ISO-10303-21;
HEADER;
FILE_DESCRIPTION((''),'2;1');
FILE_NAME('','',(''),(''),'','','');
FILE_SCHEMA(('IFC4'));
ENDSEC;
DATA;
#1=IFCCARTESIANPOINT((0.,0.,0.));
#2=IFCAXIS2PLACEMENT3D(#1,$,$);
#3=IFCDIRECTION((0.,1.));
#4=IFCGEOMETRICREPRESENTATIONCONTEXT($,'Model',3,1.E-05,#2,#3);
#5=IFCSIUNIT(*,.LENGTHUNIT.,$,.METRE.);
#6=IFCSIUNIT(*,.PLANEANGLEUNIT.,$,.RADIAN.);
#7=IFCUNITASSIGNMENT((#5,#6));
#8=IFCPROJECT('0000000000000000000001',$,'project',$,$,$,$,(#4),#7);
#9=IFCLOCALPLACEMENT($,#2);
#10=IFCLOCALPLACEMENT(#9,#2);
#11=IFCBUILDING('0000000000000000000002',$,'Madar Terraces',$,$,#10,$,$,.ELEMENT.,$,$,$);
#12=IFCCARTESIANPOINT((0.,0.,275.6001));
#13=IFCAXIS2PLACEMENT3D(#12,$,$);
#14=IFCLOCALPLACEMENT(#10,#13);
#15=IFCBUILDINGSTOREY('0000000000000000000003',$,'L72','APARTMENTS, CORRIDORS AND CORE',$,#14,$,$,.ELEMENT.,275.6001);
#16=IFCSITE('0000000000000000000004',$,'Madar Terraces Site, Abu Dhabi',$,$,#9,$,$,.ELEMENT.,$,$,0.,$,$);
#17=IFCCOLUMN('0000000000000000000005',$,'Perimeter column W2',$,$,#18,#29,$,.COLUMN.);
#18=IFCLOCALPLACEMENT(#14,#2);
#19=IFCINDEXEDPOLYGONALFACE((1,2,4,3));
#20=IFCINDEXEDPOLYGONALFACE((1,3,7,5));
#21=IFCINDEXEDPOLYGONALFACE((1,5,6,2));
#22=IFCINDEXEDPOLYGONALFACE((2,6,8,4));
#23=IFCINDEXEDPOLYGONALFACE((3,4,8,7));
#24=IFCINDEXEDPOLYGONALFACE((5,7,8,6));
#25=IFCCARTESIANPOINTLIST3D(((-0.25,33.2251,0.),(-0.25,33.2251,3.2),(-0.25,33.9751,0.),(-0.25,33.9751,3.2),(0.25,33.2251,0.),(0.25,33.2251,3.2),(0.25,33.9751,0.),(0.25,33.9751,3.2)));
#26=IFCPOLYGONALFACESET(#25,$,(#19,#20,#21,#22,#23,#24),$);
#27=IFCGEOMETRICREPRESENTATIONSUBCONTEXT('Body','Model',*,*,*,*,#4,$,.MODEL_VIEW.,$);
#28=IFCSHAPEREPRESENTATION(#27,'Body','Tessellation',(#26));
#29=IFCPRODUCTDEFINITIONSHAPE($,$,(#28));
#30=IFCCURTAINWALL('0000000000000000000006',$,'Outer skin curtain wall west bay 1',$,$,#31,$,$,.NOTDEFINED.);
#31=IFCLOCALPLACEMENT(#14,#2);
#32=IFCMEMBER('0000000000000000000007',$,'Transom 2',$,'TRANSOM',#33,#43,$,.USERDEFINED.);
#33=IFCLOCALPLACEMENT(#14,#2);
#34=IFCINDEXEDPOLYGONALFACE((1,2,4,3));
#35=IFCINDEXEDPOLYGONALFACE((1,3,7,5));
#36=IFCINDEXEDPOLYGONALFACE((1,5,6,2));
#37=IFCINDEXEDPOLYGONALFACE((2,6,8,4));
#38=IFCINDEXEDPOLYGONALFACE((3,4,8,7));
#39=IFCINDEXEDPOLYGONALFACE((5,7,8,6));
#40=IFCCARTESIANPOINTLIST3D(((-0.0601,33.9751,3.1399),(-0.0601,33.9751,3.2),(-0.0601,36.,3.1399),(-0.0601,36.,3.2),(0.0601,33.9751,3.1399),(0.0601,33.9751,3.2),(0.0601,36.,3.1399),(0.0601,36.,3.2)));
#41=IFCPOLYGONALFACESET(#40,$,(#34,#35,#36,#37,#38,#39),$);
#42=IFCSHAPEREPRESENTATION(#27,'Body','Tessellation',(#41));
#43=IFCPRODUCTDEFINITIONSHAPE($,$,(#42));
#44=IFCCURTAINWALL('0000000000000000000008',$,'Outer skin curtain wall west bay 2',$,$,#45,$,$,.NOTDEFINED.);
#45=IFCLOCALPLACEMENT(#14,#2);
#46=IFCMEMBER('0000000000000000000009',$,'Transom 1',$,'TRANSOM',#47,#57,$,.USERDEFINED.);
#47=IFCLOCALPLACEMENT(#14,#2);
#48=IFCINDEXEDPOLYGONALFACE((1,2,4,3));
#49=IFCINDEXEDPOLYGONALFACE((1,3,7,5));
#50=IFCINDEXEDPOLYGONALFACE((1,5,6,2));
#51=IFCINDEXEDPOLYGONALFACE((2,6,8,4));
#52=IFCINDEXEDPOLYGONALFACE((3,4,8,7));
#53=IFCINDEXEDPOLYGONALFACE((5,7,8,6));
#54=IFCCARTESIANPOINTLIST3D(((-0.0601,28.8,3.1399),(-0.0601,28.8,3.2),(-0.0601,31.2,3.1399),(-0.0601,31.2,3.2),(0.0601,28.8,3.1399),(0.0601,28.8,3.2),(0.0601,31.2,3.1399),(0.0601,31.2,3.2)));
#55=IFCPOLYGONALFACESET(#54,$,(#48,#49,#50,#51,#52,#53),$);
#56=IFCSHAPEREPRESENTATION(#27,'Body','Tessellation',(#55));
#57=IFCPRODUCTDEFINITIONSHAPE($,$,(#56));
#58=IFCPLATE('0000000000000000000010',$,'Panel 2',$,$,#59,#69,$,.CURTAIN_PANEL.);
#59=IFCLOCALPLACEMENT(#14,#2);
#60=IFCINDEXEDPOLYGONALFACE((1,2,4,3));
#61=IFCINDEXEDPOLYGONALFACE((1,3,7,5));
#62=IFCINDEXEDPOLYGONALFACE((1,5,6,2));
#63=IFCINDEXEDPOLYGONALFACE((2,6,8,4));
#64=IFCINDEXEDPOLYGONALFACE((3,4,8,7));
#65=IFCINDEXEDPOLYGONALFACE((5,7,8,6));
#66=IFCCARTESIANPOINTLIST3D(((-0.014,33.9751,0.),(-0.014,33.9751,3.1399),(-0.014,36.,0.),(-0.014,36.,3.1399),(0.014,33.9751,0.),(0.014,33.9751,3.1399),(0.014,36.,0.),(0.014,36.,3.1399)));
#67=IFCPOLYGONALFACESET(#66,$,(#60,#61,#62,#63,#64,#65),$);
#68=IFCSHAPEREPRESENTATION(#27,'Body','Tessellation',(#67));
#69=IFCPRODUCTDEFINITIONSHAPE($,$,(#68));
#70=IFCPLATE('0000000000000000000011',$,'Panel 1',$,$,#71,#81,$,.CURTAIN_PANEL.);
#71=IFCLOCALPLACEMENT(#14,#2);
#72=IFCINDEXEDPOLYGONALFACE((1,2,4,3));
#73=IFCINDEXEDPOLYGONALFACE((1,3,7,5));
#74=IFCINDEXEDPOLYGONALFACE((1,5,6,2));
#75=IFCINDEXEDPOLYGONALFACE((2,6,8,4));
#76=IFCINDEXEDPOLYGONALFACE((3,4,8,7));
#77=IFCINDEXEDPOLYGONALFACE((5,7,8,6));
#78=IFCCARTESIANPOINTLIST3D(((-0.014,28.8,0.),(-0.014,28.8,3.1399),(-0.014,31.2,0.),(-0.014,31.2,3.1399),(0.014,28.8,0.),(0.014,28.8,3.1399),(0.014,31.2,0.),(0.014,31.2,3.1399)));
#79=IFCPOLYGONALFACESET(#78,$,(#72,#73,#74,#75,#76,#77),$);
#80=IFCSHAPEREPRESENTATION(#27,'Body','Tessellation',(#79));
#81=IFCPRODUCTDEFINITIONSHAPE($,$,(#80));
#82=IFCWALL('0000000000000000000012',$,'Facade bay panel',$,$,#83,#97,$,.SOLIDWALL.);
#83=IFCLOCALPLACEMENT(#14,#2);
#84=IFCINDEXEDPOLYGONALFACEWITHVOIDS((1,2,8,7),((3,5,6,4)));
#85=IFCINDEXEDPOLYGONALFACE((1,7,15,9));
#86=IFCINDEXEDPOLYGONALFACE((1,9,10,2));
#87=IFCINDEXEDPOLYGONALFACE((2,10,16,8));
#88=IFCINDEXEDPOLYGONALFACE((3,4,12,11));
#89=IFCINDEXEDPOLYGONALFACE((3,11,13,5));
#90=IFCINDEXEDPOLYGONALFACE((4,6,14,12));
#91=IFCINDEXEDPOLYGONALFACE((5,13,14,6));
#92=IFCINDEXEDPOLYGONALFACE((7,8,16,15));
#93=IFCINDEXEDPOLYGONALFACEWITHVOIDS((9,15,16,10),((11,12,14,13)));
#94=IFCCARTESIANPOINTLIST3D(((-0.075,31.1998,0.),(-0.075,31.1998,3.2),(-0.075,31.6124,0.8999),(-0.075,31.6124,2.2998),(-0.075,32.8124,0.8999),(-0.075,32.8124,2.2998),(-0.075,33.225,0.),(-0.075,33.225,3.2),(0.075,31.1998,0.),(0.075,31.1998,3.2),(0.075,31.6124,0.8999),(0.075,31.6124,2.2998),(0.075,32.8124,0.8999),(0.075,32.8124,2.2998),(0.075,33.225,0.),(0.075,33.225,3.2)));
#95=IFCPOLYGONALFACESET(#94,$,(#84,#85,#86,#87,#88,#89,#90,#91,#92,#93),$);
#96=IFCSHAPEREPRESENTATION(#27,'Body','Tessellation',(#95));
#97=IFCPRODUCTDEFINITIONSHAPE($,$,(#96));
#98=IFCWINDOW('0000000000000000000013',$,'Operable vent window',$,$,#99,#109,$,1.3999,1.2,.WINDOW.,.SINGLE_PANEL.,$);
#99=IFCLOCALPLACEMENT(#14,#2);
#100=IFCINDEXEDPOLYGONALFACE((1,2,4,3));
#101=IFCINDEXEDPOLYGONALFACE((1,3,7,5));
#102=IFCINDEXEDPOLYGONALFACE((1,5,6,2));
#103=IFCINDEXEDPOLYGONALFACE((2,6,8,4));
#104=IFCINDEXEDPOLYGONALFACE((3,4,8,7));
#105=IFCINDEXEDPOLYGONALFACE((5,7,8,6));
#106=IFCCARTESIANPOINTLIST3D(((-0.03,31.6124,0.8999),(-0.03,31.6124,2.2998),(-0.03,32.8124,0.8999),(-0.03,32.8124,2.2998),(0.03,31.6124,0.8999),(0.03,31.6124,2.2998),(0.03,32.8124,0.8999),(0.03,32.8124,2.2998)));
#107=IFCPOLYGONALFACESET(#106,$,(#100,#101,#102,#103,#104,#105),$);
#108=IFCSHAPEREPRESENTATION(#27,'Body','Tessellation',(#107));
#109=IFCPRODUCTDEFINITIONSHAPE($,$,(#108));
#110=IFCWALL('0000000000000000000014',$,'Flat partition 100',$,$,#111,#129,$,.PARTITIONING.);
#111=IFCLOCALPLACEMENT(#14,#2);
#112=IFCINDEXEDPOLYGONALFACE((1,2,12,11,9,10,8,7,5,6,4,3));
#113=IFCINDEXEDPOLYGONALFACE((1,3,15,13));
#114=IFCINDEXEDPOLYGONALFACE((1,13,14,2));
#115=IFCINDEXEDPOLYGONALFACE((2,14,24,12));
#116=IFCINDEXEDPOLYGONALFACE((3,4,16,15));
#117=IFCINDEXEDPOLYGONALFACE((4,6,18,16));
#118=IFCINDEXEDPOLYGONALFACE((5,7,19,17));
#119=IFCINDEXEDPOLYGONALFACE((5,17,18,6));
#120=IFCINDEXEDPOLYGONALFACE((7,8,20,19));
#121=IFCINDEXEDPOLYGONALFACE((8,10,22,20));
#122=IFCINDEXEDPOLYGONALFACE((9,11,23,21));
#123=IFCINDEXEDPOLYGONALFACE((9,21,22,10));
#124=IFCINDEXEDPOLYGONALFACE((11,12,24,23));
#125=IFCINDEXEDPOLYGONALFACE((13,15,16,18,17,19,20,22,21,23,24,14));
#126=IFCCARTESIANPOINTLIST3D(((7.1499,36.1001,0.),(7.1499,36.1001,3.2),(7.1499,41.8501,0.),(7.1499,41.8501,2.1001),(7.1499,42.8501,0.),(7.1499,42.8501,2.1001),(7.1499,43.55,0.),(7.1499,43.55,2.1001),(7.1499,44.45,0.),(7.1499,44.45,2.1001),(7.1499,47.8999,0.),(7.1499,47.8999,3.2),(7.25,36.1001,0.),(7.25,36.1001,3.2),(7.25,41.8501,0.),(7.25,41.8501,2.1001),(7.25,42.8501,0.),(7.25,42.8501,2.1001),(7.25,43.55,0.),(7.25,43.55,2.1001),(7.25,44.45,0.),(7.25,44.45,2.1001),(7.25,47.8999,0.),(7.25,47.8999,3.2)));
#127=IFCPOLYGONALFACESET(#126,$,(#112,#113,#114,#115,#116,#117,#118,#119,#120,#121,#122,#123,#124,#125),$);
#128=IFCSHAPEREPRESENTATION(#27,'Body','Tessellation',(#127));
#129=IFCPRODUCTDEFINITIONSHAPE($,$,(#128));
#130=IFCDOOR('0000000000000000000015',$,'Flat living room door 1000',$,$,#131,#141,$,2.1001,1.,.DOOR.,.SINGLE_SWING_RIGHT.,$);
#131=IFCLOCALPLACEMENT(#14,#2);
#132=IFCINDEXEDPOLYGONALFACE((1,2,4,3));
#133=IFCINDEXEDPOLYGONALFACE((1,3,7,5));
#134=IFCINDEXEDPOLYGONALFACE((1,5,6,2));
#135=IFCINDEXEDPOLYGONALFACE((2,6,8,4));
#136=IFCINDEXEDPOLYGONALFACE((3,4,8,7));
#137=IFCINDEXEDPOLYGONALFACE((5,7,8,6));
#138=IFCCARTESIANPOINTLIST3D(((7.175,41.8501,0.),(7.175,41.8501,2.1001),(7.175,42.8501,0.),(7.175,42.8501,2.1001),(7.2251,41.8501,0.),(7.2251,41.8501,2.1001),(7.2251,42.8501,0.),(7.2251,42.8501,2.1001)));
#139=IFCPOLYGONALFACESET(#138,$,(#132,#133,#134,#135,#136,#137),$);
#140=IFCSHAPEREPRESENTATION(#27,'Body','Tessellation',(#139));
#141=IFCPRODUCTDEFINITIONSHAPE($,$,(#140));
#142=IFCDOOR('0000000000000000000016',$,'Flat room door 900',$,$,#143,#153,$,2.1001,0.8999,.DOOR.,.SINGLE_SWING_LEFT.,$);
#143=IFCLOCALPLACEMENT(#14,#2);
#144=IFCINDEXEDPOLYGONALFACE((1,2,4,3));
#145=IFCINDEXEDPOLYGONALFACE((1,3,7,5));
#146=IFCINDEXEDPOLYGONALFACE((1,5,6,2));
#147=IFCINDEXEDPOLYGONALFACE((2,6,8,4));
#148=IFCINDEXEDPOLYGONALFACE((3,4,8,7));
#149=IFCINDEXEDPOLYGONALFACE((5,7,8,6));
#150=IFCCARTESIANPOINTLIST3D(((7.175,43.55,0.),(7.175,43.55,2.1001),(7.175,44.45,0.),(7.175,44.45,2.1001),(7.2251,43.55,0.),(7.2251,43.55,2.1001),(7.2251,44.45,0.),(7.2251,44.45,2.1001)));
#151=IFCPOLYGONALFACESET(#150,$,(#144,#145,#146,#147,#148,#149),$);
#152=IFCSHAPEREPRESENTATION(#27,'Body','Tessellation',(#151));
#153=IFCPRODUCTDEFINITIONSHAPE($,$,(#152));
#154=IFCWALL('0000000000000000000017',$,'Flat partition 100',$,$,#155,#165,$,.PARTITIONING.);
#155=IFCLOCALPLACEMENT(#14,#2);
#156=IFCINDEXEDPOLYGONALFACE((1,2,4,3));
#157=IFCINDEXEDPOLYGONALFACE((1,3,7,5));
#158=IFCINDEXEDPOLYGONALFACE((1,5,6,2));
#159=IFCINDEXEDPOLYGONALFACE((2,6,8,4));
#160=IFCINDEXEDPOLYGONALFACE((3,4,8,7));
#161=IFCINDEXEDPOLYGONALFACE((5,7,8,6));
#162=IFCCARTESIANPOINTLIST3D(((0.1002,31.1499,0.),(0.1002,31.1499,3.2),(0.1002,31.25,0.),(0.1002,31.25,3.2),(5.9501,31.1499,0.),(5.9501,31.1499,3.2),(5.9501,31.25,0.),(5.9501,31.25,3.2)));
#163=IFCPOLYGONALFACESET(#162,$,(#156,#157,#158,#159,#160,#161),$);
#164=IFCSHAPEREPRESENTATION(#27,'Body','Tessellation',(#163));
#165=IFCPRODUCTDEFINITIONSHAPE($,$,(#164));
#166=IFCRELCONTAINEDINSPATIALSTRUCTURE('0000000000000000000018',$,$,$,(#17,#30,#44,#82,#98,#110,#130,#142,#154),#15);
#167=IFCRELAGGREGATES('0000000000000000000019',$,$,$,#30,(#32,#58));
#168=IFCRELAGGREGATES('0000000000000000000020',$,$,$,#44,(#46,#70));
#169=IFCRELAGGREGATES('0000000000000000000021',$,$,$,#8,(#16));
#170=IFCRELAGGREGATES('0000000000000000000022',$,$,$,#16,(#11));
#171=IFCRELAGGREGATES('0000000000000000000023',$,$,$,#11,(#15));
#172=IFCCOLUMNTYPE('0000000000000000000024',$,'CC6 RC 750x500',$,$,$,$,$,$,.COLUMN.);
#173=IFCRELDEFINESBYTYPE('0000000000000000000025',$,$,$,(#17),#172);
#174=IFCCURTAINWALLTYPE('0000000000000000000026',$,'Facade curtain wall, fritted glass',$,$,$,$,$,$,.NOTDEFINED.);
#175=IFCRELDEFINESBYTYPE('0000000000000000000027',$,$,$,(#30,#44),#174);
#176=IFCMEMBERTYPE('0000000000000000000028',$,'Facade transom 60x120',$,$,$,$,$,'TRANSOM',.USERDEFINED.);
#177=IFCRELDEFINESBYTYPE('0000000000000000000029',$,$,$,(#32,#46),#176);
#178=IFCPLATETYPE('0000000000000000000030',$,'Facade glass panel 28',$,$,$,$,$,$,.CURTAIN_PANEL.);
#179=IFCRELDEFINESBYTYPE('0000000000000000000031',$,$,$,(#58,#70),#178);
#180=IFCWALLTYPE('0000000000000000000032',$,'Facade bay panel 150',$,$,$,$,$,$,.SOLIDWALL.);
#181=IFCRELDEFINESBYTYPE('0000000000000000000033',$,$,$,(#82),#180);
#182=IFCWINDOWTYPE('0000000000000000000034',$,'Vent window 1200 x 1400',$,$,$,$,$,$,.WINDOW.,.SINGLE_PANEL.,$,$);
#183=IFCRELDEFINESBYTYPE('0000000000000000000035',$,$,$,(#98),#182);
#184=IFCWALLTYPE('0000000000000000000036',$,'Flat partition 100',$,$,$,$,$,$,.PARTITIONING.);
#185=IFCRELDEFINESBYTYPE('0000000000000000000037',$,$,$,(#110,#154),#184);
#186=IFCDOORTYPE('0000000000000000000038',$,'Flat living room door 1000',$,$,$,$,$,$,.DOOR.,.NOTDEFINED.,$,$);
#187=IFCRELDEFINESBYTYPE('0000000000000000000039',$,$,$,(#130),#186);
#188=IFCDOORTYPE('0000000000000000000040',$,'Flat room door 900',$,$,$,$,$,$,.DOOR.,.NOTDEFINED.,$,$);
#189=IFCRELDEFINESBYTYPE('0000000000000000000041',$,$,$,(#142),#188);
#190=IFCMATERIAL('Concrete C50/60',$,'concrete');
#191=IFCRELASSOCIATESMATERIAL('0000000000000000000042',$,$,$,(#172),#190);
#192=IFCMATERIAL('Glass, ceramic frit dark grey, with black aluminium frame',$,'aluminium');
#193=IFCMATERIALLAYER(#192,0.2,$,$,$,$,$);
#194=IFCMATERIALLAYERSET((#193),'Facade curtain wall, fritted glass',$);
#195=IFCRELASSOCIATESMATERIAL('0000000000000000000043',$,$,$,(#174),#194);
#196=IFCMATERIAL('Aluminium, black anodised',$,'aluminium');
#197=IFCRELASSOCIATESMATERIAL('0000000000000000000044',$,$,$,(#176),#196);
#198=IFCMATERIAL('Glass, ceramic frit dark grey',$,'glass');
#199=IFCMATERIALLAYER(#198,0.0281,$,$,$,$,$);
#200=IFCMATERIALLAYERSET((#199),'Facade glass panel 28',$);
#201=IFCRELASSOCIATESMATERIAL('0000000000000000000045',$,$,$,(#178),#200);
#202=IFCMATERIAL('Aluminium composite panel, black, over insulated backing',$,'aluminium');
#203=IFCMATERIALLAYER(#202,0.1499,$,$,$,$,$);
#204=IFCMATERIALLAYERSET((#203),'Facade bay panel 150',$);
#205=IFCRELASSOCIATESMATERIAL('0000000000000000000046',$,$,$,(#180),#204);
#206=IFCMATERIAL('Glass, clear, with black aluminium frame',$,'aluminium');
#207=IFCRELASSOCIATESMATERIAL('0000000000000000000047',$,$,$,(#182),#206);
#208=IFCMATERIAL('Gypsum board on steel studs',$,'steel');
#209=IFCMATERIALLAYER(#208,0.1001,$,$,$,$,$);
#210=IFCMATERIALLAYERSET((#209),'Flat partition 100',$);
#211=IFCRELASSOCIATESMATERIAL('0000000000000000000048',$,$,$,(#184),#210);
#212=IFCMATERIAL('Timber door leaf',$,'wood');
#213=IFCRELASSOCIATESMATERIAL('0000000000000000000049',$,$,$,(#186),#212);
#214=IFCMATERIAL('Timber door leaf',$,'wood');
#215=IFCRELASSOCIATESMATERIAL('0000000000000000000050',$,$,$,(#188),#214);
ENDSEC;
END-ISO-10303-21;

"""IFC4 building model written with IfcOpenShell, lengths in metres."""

from ifc_helpers import new_model, si_unit, direction, frame, frame_2d, origin, origin_2d, place, context, subcontext, project, spatial, rectangle, extrude, material, layer, layer_set, material_profile, profile_set, type_object, element, fill, aggregate, save


model = new_model("IFC4")

# Units and contexts
model_context = context("Model", 3, precision=1e-05, world=origin(), true_north=direction((0.0, 1.0)))
body_context = subcontext(model_context, "Body", "Model", "MODEL_VIEW")
ifc_project = project(units=[si_unit("LENGTHUNIT", "METRE"), si_unit("PLANEANGLEUNIT", "RADIAN")], contexts=[model_context])

# Site, building, storey
site_placement = place(None, origin())
site = spatial("IfcSite", under=ifc_project, at=site_placement, Name="Madar Terraces Site, Abu Dhabi", CompositionType="ELEMENT", RefElevation=0.0)
building_placement = place(site_placement, origin())
building = spatial("IfcBuilding", under=site, at=building_placement, Name="Madar Terraces", CompositionType="ELEMENT")
storey_placement = place(building_placement, frame((0.0, 0.0, 275.6001)))
storey = spatial("IfcBuildingStorey", under=building, at=storey_placement, Name="L72", Description="APARTMENTS, CORRIDORS AND CORE", CompositionType="ELEMENT", Elevation=275.6001)

# Column
ifc_material_1 = material(Name="Concrete C50/60", Category="concrete")
ifc_material_profile_1 = material_profile(ifc_material_1, rectangle(XDim=0.75, YDim=0.5, at=origin_2d()), Name="CC6 RC 750x500")
ifc_profile_set_1 = profile_set([ifc_material_profile_1], Name="Concrete C50/60")
column_type = type_object("IfcColumnType", Name="CC6 RC 750x500", PredefinedType="COLUMN", material=ifc_profile_set_1)
column_placement = place(storey_placement, frame((0.0, 33.6001, 0.0), z_axis=(0.0, 0.0, 1.0), x_axis=(0.0, 1.0, 0.0)))
element("IfcColumn", 1, at=column_placement, inside=storey, type_object=column_type, Name="Perimeter column W2", PredefinedType="COLUMN", context=body_context, shape_type="SweptSolid", body=[
    extrude(rectangle(XDim=0.75, YDim=0.5, at=origin_2d()), origin(), (0.0, 0.0, 1.0), 3.2),
])

# Curtain walls, members
ifc_material_2 = material(Name="Glass, ceramic frit dark grey, with black aluminium frame", Category="aluminium")
ifc_layer_1 = layer(ifc_material_2, 0.2)
ifc_layer_set_1 = layer_set([ifc_layer_1], Name="Facade curtain wall, fritted glass")
curtain_wall_type = type_object("IfcCurtainWallType", Name="Facade curtain wall, fritted glass", PredefinedType="NOTDEFINED", material=ifc_layer_set_1)
curtain_wall_1_placement = place(storey_placement, origin())
curtain_wall_1 = element("IfcCurtainWall", 2, at=curtain_wall_1_placement, inside=storey, type_object=curtain_wall_type, Name="Outer skin curtain wall west bay 1", PredefinedType="NOTDEFINED")
ifc_material_3 = material(Name="Aluminium, black anodised", Category="aluminium")
ifc_material_profile_2 = material_profile(ifc_material_3, rectangle(XDim=0.1201, YDim=0.0601, at=origin_2d()), Name="Facade transom 60x120")
ifc_profile_set_2 = profile_set([ifc_material_profile_2], Name="Aluminium, black anodised")
member_type = type_object("IfcMemberType", Name="Facade transom 60x120", ElementType="TRANSOM", PredefinedType="USERDEFINED", material=ifc_profile_set_2)
member_1_placement = place(storey_placement, frame((0.0, 36.0, 3.1699), z_axis=(0.0, -1.0, 0.0), x_axis=(1.0, 0.0, 0.0)))
member_1 = element("IfcMember", 3, at=member_1_placement, type_object=member_type, Name="Transom 2", ObjectType="TRANSOM", PredefinedType="USERDEFINED", context=body_context, shape_type="SweptSolid", body=[
    extrude(rectangle(XDim=0.1201, YDim=0.0601, at=origin_2d()), origin(), (0.0, 0.0, 1.0), 2.0249),
])
curtain_wall_2_placement = place(storey_placement, origin())
curtain_wall_2 = element("IfcCurtainWall", 4, at=curtain_wall_2_placement, inside=storey, type_object=curtain_wall_type, Name="Outer skin curtain wall west bay 2", PredefinedType="NOTDEFINED")
member_2_placement = place(storey_placement, frame((0.0, 31.2, 3.1699), z_axis=(0.0, -1.0, 0.0), x_axis=(1.0, 0.0, 0.0)))
member_2 = element("IfcMember", 5, at=member_2_placement, type_object=member_type, Name="Transom 1", ObjectType="TRANSOM", PredefinedType="USERDEFINED", context=body_context, shape_type="SweptSolid", body=[
    extrude(rectangle(XDim=0.1201, YDim=0.0601, at=origin_2d()), origin(), (0.0, 0.0, 1.0), 2.3999),
])

# Plates
ifc_material_4 = material(Name="Glass, ceramic frit dark grey", Category="glass")
ifc_layer_2 = layer(ifc_material_4, 0.0281)
ifc_layer_set_2 = layer_set([ifc_layer_2], Name="Facade glass panel 28")
plate_type = type_object("IfcPlateType", Name="Facade glass panel 28", PredefinedType="CURTAIN_PANEL", material=ifc_layer_set_2)
plate_1_placement = place(storey_placement, frame((0.0, 34.9875, 0.0), z_axis=(0.0, 0.0, 1.0), x_axis=(0.0, -1.0, 0.0)))
plate_1 = element("IfcPlate", 6, at=plate_1_placement, type_object=plate_type, Name="Panel 2", PredefinedType="CURTAIN_PANEL", context=body_context, shape_type="SweptSolid", body=[
    extrude(rectangle(XDim=2.0249, YDim=0.0281, at=origin_2d()), origin(), (0.0, 0.0, 1.0), 3.1399),
])
aggregate(curtain_wall_1, [member_1, plate_1])
plate_2_placement = place(storey_placement, frame((0.0, 30.0, 0.0), z_axis=(0.0, 0.0, 1.0), x_axis=(0.0, -1.0, 0.0)))
plate_2 = element("IfcPlate", 7, at=plate_2_placement, type_object=plate_type, Name="Panel 1", PredefinedType="CURTAIN_PANEL", context=body_context, shape_type="SweptSolid", body=[
    extrude(rectangle(XDim=2.3999, YDim=0.0281, at=origin_2d()), origin(), (0.0, 0.0, 1.0), 3.1399),
])
aggregate(curtain_wall_2, [member_2, plate_2])

# Wall, opening, window
ifc_material_5 = material(Name="Aluminium composite panel, black, over insulated backing", Category="aluminium")
ifc_layer_3 = layer(ifc_material_5, 0.1499)
ifc_layer_set_3 = layer_set([ifc_layer_3], Name="Facade bay panel 150")
wall_type_1 = type_object("IfcWallType", Name="Facade bay panel 150", PredefinedType="SOLIDWALL", material=ifc_layer_set_3)
wall_1_placement = place(storey_placement, frame((0.0, 33.2251, 0.0), z_axis=(0.0, 0.0, 1.0), x_axis=(0.0, -1.0, 0.0)))
wall_1 = element("IfcWall", 8, at=wall_1_placement, inside=storey, type_object=wall_type_1, Name="Facade bay panel", PredefinedType="SOLIDWALL", context=body_context, shape_type="SweptSolid", body=[
    extrude(rectangle(XDim=2.0251, YDim=0.1499, at=frame_2d((1.0127, 0.0))), origin(), (0.0, 0.0, 1.0), 3.2),
])
opening_1_placement = place(wall_1_placement, frame((0.4126, 0.0, 0.8999)))
opening_1 = element("IfcOpeningElement", 9, at=opening_1_placement, cuts=wall_1, PredefinedType="OPENING", context=body_context, shape_type="SweptSolid", body=[
    extrude(rectangle(XDim=1.2, YDim=1.3999, at=frame_2d((0.6001, 0.7))), frame((0.0, 0.085, 0.0), z_axis=(0.0, -1.0, 0.0), x_axis=(1.0, 0.0, 0.0)), (0.0, 0.0, 1.0), 0.1699),
])
ifc_material_6 = material(Name="Glass, clear, with black aluminium frame", Category="aluminium")
window_type = type_object("IfcWindowType", Name="Vent window 1200 x 1400", PartitioningType="SINGLE_PANEL", PredefinedType="WINDOW", material=ifc_material_6)
window_placement = place(opening_1_placement, origin())
window = element("IfcWindow", 10, at=window_placement, inside=storey, type_object=window_type, Name="Operable vent window", OverallHeight=1.3999, OverallWidth=1.2, PartitioningType="SINGLE_PANEL", PredefinedType="WINDOW", context=body_context, shape_type="SweptSolid", body=[
    extrude(rectangle(XDim=1.2, YDim=1.3999, at=frame_2d((0.6001, 0.7))), frame((0.0, 0.03, 0.0), z_axis=(0.0, -1.0, 0.0), x_axis=(1.0, 0.0, 0.0)), (0.0, 0.0, 1.0), 0.0601),
])
fill(opening_1, window)

# Wall, openings, doors
ifc_material_7 = material(Name="Gypsum board on steel studs", Category="steel")
ifc_layer_4 = layer(ifc_material_7, 0.1001)
ifc_layer_set_4 = layer_set([ifc_layer_4], Name="Flat partition 100")
wall_type_2 = type_object("IfcWallType", Name="Flat partition 100", PredefinedType="PARTITIONING", material=ifc_layer_set_4)
wall_2_placement = place(storey_placement, frame((7.2, 36.1001, 0.0), z_axis=(0.0, 0.0, 1.0), x_axis=(0.0, 1.0, 0.0)))
wall_2 = element("IfcWall", 11, at=wall_2_placement, inside=storey, type_object=wall_type_2, Name="Flat partition 100", PredefinedType="PARTITIONING", context=body_context, shape_type="SweptSolid", body=[
    extrude(rectangle(XDim=11.7998, YDim=0.1001, at=frame_2d((5.8999, 0.0))), origin(), (0.0, 0.0, 1.0), 3.2),
])
opening_2_placement = place(wall_2_placement, frame((5.75, 0.0, 0.0)))
opening_2 = element("IfcOpeningElement", 12, at=opening_2_placement, cuts=wall_2, PredefinedType="OPENING", context=body_context, shape_type="SweptSolid", body=[
    extrude(rectangle(XDim=1.0, YDim=2.1001, at=frame_2d((0.5, 1.05))), frame((0.0, 0.0601, 0.0), z_axis=(0.0, -1.0, 0.0), x_axis=(1.0, 0.0, 0.0)), (0.0, 0.0, 1.0), 0.1201),
])
opening_3_placement = place(wall_2_placement, frame((7.45, 0.0, 0.0)))
opening_3 = element("IfcOpeningElement", 13, at=opening_3_placement, cuts=wall_2, PredefinedType="OPENING", context=body_context, shape_type="SweptSolid", body=[
    extrude(rectangle(XDim=0.8999, YDim=2.1001, at=frame_2d((0.45, 1.05))), frame((0.0, 0.0601, 0.0), z_axis=(0.0, -1.0, 0.0), x_axis=(1.0, 0.0, 0.0)), (0.0, 0.0, 1.0), 0.1201),
])
ifc_material_8 = material(Name="Timber door leaf", Category="wood")
door_type_1 = type_object("IfcDoorType", Name="Flat living room door 1000", OperationType="NOTDEFINED", PredefinedType="DOOR", material=ifc_material_8)
door_1_placement = place(opening_2_placement, origin())
door_1 = element("IfcDoor", 14, at=door_1_placement, inside=storey, type_object=door_type_1, Name="Flat living room door 1000", OperationType="SINGLE_SWING_RIGHT", OverallHeight=2.1001, OverallWidth=1.0, PredefinedType="DOOR", context=body_context, shape_type="SweptSolid", body=[
    extrude(rectangle(XDim=1.0, YDim=2.1001, at=frame_2d((0.5, 1.05))), frame((0.0, 0.0249, 0.0), z_axis=(0.0, -1.0, 0.0), x_axis=(1.0, 0.0, 0.0)), (0.0, 0.0, 1.0), 0.05),
])
fill(opening_2, door_1)
ifc_material_9 = material(Name="Timber door leaf", Category="wood")
door_type_2 = type_object("IfcDoorType", Name="Flat room door 900", OperationType="NOTDEFINED", PredefinedType="DOOR", material=ifc_material_9)
door_2_placement = place(opening_3_placement, origin())
door_2 = element("IfcDoor", 15, at=door_2_placement, inside=storey, type_object=door_type_2, Name="Flat room door 900", OperationType="SINGLE_SWING_LEFT", OverallHeight=2.1001, OverallWidth=0.8999, PredefinedType="DOOR", context=body_context, shape_type="SweptSolid", body=[
    extrude(rectangle(XDim=0.8999, YDim=2.1001, at=frame_2d((0.45, 1.05))), frame((0.0, 0.0249, 0.0), z_axis=(0.0, -1.0, 0.0), x_axis=(1.0, 0.0, 0.0)), (0.0, 0.0, 1.0), 0.05),
])
fill(opening_3, door_2)

# Wall
wall_3_placement = place(storey_placement, frame((5.95, 31.2, 0.0), z_axis=(0.0, 0.0, 1.0), x_axis=(-1.0, 0.0, 0.0)))
element("IfcWall", 16, at=wall_3_placement, inside=storey, type_object=wall_type_2, Name="Flat partition 100", PredefinedType="PARTITIONING", context=body_context, shape_type="SweptSolid", body=[
    extrude(rectangle(XDim=5.8499, YDim=0.1001, at=frame_2d((2.9248, 0.0))), origin(), (0.0, 0.0, 1.0), 3.2),
])

save(model, "model.ifc")
